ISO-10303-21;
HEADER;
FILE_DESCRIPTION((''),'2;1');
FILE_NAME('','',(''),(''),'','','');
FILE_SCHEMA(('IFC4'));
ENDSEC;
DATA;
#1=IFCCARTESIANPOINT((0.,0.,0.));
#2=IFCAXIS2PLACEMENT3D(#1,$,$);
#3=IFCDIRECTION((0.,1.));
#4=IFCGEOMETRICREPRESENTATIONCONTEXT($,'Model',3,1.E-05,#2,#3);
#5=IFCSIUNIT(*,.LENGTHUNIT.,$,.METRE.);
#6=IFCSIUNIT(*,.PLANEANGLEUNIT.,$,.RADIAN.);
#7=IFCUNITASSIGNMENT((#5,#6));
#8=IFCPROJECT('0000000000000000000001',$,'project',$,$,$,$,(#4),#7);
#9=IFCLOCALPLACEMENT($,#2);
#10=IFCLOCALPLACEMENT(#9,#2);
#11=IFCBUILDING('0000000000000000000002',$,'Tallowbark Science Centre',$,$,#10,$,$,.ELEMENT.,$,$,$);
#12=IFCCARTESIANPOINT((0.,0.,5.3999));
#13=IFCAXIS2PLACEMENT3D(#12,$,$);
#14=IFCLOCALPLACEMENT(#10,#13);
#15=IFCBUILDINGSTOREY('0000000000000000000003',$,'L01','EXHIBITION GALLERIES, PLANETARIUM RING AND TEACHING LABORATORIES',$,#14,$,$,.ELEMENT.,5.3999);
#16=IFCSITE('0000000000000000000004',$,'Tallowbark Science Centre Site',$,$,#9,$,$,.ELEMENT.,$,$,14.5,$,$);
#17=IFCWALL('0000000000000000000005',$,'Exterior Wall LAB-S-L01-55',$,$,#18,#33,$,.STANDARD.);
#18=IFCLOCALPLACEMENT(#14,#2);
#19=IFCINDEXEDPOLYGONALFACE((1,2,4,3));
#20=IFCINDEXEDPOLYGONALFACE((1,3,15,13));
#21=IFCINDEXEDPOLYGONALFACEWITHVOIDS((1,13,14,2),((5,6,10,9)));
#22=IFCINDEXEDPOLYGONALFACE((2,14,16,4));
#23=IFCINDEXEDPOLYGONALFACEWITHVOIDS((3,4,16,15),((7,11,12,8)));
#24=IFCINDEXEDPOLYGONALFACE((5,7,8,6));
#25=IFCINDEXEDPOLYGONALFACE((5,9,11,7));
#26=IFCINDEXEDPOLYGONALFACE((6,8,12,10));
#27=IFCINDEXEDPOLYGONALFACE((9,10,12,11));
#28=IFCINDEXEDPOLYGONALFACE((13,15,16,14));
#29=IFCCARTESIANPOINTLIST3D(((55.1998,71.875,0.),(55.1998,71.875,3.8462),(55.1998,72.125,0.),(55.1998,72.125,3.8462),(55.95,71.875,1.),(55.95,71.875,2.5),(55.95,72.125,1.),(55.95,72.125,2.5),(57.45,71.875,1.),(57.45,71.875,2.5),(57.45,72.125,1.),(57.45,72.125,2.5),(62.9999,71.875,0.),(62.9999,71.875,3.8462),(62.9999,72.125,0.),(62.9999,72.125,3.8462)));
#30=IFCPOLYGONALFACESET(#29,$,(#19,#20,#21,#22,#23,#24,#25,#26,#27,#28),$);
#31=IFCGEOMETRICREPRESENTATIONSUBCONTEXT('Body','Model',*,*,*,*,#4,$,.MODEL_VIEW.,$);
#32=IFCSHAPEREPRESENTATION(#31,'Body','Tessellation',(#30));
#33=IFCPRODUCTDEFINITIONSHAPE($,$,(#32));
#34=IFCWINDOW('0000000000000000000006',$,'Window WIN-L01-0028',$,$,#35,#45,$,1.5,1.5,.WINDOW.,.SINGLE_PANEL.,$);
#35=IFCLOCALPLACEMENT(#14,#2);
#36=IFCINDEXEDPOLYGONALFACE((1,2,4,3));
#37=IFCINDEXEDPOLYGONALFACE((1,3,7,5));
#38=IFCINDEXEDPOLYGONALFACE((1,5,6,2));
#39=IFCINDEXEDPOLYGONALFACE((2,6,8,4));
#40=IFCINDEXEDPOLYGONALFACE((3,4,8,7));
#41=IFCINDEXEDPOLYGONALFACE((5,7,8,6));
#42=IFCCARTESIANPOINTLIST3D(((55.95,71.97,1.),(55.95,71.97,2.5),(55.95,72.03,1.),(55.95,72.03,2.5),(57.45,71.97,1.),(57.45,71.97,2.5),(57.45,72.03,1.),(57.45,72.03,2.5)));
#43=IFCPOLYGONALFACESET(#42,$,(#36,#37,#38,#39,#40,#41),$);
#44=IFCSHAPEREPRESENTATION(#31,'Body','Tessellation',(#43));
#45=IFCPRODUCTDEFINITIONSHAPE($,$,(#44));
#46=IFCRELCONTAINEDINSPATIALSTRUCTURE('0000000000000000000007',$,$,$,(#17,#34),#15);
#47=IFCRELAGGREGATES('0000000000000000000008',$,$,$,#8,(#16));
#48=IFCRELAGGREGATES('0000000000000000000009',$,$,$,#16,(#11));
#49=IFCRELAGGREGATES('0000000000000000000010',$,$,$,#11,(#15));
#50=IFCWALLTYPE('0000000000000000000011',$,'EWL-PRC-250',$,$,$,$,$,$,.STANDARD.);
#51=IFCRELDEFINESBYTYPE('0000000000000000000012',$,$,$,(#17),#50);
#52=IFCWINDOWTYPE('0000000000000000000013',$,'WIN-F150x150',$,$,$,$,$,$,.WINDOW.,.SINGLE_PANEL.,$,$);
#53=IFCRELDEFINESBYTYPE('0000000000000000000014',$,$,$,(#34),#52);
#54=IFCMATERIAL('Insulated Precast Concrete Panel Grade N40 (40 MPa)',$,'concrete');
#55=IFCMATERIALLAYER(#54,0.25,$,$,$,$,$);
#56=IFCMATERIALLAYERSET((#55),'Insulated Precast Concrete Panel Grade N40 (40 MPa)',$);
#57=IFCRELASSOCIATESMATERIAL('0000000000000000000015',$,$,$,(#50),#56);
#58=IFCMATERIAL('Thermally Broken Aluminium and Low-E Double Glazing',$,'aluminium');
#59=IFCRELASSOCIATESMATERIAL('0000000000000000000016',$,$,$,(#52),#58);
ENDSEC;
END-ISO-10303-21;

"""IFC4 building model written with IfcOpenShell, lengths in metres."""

from ifc_helpers import new_model, si_unit, direction, frame, frame_2d, origin, place, context, subcontext, project, spatial, rectangle, extrude, material, layer, layer_set, type_object, element, fill, save


model = new_model("IFC4")

# Units and contexts
model_context = context("Model", 3, precision=1e-05, world=origin(), true_north=direction((0.0, 1.0)))
body_context = subcontext(model_context, "Body", "Model", "MODEL_VIEW")
ifc_project = project(units=[si_unit("LENGTHUNIT", "METRE"), si_unit("PLANEANGLEUNIT", "RADIAN")], contexts=[model_context])

# Site, building, storey
site_placement = place(None, origin())
site = spatial("IfcSite", under=ifc_project, at=site_placement, Name="Tallowbark Science Centre Site", CompositionType="ELEMENT", RefElevation=14.5)
building_placement = place(site_placement, origin())
building = spatial("IfcBuilding", under=site, at=building_placement, Name="Tallowbark Science Centre", CompositionType="ELEMENT")
storey_placement = place(building_placement, frame((0.0, 0.0, 5.3999)))
storey = spatial("IfcBuildingStorey", under=building, at=storey_placement, Name="L01", Description="EXHIBITION GALLERIES, PLANETARIUM RING AND TEACHING LABORATORIES", CompositionType="ELEMENT", Elevation=5.3999)

# Wall, opening, window
ifc_material_1 = material(Name="Insulated Precast Concrete Panel Grade N40 (40 MPa)", Category="concrete")
ifc_layer = layer(ifc_material_1, 0.25)
ifc_layer_set = layer_set([ifc_layer], Name="Insulated Precast Concrete Panel Grade N40 (40 MPa)")
wall_type = type_object("IfcWallType", Name="EWL-PRC-250", PredefinedType="STANDARD", material=ifc_layer_set)
wall_placement = place(storey_placement, frame((55.2, 72.0, 0.0), z_axis=(0.0, 0.0, 1.0), x_axis=(1.0, 0.0, 0.0)))
wall = element("IfcWall", 1, at=wall_placement, inside=storey, type_object=wall_type, Name="Exterior Wall LAB-S-L01-55", PredefinedType="STANDARD", context=body_context, shape_type="SweptSolid", body=[
    extrude(rectangle(XDim=7.8, YDim=0.25, at=frame_2d((3.8999, 0.0))), origin(), (0.0, 0.0, 1.0), 3.8462),
])
opening_placement = place(wall_placement, frame((0.75, 0.0, 1.0)))
opening = element("IfcOpeningElement", 2, at=opening_placement, cuts=wall, PredefinedType="OPENING", context=body_context, shape_type="SweptSolid", body=[
    extrude(rectangle(XDim=1.5, YDim=1.5, at=frame_2d((0.75, 0.75))), frame((0.0, 0.135, 0.0), z_axis=(0.0, -1.0, 0.0), x_axis=(1.0, 0.0, 0.0)), (0.0, 0.0, 1.0), 0.27),
])
ifc_material_2 = material(Name="Thermally Broken Aluminium and Low-E Double Glazing", Category="aluminium")
window_type = type_object("IfcWindowType", Name="WIN-F150x150", PartitioningType="SINGLE_PANEL", PredefinedType="WINDOW", material=ifc_material_2)
window_placement = place(opening_placement, origin())
window = element("IfcWindow", 3, at=window_placement, inside=storey, type_object=window_type, Name="Window WIN-L01-0028", OverallHeight=1.5, OverallWidth=1.5, PartitioningType="SINGLE_PANEL", PredefinedType="WINDOW", context=body_context, shape_type="SweptSolid", body=[
    extrude(rectangle(XDim=1.5, YDim=1.5, at=frame_2d((0.75, 0.75))), frame((0.0, 0.03, 0.0), z_axis=(0.0, -1.0, 0.0), x_axis=(1.0, 0.0, 0.0)), (0.0, 0.0, 1.0), 0.0601),
])
fill(opening, window)

save(model, "model.ifc")
